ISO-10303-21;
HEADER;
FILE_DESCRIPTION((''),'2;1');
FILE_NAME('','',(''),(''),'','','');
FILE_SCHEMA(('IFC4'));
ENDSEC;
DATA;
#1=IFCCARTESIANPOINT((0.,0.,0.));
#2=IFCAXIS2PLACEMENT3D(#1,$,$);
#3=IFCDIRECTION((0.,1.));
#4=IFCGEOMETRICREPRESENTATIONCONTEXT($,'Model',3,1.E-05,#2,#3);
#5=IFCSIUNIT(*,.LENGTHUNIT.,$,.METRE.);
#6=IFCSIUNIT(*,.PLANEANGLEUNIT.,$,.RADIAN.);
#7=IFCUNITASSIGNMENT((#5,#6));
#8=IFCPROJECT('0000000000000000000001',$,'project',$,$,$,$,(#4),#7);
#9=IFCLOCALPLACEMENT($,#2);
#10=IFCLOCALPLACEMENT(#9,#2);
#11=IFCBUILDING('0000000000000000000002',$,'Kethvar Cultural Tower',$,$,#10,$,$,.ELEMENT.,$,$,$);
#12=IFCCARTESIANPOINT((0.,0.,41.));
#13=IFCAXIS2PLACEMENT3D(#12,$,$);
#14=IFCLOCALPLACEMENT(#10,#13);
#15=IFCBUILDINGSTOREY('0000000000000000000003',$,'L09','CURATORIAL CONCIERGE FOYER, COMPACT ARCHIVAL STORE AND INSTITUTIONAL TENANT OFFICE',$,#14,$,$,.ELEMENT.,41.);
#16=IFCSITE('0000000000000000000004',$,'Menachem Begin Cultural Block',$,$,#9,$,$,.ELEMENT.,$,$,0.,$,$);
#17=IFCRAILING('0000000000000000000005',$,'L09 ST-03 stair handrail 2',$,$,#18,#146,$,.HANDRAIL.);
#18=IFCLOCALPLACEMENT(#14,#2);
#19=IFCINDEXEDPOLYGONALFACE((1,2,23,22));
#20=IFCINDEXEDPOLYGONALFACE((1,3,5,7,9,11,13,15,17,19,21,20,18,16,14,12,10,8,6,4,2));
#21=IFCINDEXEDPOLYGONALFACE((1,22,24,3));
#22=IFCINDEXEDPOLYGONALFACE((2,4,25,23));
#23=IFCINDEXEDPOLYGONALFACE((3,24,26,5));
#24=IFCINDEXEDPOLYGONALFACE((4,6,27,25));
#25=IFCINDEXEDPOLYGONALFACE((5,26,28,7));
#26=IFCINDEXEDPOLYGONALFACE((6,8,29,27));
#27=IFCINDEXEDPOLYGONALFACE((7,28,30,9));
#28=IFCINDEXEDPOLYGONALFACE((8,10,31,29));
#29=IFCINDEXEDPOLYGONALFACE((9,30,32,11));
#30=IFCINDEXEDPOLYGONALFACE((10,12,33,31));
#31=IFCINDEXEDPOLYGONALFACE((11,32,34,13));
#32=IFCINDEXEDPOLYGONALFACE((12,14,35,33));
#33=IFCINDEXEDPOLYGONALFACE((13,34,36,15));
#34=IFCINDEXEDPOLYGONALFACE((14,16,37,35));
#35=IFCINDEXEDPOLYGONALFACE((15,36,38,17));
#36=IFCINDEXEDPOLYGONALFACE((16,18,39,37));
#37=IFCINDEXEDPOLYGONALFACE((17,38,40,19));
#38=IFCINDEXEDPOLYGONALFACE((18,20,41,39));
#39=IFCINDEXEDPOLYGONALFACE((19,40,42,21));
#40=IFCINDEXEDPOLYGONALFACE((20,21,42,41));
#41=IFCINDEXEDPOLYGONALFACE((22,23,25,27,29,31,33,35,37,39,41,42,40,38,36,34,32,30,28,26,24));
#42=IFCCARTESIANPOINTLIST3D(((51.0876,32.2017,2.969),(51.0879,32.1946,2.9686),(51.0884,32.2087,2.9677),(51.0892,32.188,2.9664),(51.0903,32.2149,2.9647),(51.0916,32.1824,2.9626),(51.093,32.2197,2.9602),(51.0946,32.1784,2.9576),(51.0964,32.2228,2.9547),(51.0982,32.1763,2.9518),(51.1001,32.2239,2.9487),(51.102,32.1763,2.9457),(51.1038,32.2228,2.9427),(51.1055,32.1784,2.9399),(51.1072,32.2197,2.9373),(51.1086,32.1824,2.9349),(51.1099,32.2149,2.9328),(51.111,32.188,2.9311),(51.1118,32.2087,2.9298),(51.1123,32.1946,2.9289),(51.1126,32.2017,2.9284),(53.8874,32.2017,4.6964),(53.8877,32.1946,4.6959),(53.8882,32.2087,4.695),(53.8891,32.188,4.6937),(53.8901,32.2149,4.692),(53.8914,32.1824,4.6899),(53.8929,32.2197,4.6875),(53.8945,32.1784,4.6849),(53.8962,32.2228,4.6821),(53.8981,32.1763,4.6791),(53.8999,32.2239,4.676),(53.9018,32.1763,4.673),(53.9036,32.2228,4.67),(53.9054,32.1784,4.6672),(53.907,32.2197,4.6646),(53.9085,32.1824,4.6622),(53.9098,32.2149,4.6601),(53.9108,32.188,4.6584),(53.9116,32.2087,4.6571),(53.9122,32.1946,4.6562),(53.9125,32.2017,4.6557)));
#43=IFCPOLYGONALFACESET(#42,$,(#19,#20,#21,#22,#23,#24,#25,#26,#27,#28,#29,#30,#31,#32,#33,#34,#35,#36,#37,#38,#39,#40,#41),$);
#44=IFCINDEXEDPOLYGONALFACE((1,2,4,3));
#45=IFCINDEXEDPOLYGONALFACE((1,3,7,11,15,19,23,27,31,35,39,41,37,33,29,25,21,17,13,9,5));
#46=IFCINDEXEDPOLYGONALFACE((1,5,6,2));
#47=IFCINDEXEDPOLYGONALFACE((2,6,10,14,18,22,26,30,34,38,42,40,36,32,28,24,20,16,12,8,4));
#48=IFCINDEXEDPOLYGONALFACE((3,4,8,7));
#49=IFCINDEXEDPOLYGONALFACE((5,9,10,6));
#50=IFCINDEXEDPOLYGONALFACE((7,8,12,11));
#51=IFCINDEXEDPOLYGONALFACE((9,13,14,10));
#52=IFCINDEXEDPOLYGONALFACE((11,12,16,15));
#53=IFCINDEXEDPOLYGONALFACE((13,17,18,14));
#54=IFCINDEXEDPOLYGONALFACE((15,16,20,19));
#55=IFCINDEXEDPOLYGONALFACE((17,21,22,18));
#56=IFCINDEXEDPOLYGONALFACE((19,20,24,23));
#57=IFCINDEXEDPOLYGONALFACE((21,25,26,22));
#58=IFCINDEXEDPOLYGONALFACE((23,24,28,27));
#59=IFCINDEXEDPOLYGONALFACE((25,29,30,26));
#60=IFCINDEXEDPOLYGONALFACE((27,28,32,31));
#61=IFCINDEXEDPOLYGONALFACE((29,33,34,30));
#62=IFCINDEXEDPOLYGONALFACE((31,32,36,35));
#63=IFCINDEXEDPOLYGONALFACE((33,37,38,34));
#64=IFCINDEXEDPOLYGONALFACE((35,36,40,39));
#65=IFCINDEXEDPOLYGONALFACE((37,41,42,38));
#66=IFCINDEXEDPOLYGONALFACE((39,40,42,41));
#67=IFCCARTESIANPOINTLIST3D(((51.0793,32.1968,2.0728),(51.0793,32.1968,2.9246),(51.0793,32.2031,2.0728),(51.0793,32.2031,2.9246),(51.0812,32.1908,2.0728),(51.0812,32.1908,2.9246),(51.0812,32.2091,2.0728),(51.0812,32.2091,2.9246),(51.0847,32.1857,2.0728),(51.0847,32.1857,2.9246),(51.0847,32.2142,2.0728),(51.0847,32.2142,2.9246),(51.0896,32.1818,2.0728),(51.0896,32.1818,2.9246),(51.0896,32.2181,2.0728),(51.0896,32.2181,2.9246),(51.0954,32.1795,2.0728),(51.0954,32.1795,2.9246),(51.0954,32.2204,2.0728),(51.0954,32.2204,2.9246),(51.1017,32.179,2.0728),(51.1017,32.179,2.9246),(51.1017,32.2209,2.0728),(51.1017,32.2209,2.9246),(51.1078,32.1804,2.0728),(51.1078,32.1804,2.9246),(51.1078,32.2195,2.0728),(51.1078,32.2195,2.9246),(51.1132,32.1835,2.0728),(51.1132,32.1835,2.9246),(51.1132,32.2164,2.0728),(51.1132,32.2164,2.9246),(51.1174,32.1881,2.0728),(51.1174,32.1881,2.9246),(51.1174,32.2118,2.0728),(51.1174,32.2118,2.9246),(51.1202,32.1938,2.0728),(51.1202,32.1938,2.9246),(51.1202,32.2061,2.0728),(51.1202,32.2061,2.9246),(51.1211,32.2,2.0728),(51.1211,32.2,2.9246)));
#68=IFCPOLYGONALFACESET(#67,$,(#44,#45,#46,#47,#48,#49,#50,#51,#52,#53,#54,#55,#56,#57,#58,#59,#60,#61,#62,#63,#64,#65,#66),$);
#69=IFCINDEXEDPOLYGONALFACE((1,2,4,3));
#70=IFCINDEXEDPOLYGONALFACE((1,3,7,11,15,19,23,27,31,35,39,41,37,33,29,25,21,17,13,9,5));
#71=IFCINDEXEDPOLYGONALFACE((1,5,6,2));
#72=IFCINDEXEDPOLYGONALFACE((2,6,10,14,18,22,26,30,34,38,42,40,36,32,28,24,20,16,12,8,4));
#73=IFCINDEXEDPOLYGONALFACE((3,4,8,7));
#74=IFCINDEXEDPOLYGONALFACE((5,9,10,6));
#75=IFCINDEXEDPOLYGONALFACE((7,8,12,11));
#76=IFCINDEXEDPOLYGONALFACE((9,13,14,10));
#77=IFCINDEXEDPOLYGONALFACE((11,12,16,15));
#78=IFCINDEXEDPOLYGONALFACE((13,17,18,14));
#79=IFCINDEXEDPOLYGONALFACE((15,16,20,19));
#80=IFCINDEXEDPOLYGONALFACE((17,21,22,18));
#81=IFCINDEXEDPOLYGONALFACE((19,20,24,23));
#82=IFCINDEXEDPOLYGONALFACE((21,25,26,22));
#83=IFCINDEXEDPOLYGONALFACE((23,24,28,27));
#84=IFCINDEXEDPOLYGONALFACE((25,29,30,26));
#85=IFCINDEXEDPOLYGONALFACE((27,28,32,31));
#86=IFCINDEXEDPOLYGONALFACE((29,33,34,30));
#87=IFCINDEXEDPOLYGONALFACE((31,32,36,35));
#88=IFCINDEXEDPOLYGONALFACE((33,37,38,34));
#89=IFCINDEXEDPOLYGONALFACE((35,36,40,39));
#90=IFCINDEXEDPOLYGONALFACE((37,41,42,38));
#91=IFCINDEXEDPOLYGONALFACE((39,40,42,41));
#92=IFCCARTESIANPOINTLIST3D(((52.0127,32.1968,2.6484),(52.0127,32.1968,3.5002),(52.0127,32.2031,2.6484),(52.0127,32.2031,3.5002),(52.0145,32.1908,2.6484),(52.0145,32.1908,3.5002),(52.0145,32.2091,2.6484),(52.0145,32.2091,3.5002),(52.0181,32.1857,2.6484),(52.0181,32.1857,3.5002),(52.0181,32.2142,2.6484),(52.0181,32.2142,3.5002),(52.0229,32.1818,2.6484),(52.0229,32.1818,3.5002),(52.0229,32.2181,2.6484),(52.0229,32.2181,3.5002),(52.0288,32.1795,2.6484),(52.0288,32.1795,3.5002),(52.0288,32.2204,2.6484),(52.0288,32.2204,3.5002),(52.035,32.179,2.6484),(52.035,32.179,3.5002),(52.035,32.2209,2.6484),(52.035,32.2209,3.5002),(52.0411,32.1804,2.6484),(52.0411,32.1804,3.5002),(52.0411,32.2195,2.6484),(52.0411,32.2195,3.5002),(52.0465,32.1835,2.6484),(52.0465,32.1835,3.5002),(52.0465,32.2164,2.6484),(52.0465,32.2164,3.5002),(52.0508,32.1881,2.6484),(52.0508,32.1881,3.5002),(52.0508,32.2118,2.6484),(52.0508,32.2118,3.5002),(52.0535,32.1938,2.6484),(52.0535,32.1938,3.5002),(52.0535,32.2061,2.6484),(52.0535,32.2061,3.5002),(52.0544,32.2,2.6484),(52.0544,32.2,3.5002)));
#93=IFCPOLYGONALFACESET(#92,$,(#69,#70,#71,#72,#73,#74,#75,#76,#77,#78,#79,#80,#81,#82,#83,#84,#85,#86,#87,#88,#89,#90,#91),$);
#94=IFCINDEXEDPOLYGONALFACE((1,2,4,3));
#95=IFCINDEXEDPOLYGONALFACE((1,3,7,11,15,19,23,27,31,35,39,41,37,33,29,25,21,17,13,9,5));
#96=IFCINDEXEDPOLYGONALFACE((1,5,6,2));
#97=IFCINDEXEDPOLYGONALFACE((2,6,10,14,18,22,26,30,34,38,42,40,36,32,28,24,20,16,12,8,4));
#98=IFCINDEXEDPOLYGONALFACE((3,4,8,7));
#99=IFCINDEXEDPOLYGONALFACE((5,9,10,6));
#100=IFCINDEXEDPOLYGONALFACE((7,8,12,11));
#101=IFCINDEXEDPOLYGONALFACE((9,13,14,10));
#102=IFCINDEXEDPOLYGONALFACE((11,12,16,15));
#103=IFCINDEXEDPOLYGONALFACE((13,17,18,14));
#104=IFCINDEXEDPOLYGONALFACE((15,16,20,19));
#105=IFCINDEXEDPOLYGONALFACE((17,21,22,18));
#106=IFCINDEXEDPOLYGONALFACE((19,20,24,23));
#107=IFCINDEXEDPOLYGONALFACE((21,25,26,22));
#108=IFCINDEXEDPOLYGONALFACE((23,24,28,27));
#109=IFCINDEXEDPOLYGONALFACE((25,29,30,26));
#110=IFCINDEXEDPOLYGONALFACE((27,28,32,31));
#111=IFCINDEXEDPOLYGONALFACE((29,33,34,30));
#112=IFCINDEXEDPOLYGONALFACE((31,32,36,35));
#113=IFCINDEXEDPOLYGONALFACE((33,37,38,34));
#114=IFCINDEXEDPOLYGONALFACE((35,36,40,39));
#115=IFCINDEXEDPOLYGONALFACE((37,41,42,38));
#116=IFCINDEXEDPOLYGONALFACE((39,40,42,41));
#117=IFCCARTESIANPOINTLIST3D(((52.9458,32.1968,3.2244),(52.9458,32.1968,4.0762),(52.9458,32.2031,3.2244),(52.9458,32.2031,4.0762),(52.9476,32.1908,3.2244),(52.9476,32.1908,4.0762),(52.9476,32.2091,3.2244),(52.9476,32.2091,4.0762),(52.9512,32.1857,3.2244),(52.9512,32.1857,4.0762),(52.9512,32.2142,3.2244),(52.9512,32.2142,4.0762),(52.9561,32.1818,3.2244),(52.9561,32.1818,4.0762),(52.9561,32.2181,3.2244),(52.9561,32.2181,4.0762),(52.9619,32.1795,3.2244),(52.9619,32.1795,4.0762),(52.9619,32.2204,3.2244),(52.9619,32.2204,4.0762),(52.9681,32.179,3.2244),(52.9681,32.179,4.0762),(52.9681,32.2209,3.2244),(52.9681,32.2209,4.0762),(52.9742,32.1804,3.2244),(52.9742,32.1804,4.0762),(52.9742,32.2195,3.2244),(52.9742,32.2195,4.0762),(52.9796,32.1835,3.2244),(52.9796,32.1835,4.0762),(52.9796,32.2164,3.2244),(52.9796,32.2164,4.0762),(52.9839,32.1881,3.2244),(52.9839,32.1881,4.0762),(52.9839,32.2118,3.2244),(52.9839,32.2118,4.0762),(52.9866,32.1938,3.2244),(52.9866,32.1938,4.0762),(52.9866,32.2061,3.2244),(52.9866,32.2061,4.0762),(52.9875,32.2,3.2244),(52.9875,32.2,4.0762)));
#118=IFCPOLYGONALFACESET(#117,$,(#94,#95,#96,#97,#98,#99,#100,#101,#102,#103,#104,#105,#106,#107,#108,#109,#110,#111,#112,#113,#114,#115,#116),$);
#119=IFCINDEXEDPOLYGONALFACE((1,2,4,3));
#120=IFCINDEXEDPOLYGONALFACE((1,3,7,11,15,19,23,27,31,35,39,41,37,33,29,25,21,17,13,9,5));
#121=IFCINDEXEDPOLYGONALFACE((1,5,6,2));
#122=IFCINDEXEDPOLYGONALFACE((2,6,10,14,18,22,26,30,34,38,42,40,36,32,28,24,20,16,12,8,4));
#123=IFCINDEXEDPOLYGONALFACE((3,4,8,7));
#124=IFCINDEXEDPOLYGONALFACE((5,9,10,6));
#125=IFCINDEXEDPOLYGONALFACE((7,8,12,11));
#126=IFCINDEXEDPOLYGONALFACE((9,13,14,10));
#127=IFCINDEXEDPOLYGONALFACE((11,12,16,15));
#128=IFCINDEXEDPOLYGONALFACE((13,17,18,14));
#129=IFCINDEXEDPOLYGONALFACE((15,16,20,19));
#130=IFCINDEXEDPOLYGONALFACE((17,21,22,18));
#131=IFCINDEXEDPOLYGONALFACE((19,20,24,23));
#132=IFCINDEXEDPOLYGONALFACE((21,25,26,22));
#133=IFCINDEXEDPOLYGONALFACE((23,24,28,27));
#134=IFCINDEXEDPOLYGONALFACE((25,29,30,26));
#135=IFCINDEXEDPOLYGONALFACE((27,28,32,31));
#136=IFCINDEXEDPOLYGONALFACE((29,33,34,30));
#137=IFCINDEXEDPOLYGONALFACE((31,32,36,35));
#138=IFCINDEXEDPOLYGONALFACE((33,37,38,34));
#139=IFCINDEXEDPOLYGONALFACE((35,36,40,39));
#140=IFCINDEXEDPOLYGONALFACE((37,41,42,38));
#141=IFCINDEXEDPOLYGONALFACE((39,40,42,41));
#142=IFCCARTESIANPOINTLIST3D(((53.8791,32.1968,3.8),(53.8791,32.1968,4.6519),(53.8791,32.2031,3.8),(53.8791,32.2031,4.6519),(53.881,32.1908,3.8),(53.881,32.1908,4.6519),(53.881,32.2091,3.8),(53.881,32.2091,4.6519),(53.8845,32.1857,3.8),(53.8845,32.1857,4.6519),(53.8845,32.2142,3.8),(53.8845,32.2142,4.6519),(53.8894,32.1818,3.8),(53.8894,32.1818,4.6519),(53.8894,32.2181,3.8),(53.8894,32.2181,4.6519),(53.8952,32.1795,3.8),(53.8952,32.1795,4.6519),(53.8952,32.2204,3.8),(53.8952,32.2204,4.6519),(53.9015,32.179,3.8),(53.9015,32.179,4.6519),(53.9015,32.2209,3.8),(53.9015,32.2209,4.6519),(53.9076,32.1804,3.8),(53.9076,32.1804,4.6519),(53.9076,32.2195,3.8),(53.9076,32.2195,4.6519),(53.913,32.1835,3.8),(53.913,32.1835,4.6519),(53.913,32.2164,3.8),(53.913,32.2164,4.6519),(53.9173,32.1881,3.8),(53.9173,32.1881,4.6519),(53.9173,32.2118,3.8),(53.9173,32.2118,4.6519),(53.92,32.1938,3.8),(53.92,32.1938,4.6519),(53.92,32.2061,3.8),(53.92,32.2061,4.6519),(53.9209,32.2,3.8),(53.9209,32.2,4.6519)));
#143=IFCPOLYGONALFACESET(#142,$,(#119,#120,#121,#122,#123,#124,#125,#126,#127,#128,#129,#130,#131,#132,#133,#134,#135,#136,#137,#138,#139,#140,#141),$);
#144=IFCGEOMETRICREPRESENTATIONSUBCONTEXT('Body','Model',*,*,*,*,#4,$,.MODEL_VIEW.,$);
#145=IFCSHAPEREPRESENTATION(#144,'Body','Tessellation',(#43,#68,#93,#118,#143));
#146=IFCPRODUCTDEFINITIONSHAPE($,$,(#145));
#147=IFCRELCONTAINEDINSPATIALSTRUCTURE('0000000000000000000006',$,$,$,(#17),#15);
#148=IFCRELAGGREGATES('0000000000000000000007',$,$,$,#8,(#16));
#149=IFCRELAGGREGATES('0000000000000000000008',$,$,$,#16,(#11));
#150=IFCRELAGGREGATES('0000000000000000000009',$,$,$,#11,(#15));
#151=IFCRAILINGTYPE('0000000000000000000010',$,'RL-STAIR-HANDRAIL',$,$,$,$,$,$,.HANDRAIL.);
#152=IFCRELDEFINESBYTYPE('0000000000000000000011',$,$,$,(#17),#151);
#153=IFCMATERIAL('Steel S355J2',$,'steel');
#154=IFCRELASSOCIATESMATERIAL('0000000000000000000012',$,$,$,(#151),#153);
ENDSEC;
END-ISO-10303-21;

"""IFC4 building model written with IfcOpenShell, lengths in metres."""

from ifc_helpers import new_model, si_unit, direction, frame, origin, origin_2d, place, context, subcontext, project, spatial, circle, extrude, material, type_object, element, save


model = new_model("IFC4")

# Units and contexts
model_context = context("Model", 3, precision=1e-05, world=origin(), true_north=direction((0.0, 1.0)))
body_context = subcontext(model_context, "Body", "Model", "MODEL_VIEW")
ifc_project = project(units=[si_unit("LENGTHUNIT", "METRE"), si_unit("PLANEANGLEUNIT", "RADIAN")], contexts=[model_context])

# Site, building, storey
site_placement = place(None, origin())
site = spatial("IfcSite", under=ifc_project, at=site_placement, Name="Menachem Begin Cultural Block", CompositionType="ELEMENT", RefElevation=0.0)
building_placement = place(site_placement, origin())
building = spatial("IfcBuilding", under=site, at=building_placement, Name="Kethvar Cultural Tower", CompositionType="ELEMENT")
storey_placement = place(building_placement, frame((0.0, 0.0, 41.0)))
storey = spatial("IfcBuildingStorey", under=building, at=storey_placement, Name="L09", Description="CURATORIAL CONCIERGE FOYER, COMPACT ARCHIVAL STORE AND INSTITUTIONAL TENANT OFFICE", CompositionType="ELEMENT", Elevation=41.0)

# Shared definitions
ifc_material_1 = material(Name="Steel S355J2", Category="steel")

# Railing
railing_type_1 = type_object("IfcRailingType", Name="RL-STAIR-HANDRAIL", PredefinedType="HANDRAIL", material=ifc_material_1)
railing_1_placement = place(storey_placement, frame((51.1001, 32.2, 2.0728)))
element("IfcRailing", 1, at=railing_1_placement, inside=storey, type_object=railing_type_1, Name="L09 ST-03 stair handrail 2", PredefinedType="HANDRAIL", context=body_context, shape_type="SweptSolid", body=[
    extrude(circle(Radius=0.0239, at=origin_2d()), frame((0.0, 0.0, 0.876), z_axis=(0.851069, 0.0, 0.525054), x_axis=(0.0, 1.0, 0.0)), (0.0, 0.0, 1.0), 3.2898),
    extrude(circle(Radius=0.021, at=origin_2d()), origin(), (0.0, 0.0, 1.0), 0.8518),
    extrude(circle(Radius=0.021, at=origin_2d()), frame((0.9333, 0.0, 0.5757)), (0.0, 0.0, 1.0), 0.8518),
    extrude(circle(Radius=0.021, at=origin_2d()), frame((1.8665, 0.0, 1.1516)), (0.0, 0.0, 1.0), 0.8518),
    extrude(circle(Radius=0.021, at=origin_2d()), frame((2.7998, 0.0, 1.7273)), (0.0, 0.0, 1.0), 0.8518),
])

save(model, "model.ifc")
